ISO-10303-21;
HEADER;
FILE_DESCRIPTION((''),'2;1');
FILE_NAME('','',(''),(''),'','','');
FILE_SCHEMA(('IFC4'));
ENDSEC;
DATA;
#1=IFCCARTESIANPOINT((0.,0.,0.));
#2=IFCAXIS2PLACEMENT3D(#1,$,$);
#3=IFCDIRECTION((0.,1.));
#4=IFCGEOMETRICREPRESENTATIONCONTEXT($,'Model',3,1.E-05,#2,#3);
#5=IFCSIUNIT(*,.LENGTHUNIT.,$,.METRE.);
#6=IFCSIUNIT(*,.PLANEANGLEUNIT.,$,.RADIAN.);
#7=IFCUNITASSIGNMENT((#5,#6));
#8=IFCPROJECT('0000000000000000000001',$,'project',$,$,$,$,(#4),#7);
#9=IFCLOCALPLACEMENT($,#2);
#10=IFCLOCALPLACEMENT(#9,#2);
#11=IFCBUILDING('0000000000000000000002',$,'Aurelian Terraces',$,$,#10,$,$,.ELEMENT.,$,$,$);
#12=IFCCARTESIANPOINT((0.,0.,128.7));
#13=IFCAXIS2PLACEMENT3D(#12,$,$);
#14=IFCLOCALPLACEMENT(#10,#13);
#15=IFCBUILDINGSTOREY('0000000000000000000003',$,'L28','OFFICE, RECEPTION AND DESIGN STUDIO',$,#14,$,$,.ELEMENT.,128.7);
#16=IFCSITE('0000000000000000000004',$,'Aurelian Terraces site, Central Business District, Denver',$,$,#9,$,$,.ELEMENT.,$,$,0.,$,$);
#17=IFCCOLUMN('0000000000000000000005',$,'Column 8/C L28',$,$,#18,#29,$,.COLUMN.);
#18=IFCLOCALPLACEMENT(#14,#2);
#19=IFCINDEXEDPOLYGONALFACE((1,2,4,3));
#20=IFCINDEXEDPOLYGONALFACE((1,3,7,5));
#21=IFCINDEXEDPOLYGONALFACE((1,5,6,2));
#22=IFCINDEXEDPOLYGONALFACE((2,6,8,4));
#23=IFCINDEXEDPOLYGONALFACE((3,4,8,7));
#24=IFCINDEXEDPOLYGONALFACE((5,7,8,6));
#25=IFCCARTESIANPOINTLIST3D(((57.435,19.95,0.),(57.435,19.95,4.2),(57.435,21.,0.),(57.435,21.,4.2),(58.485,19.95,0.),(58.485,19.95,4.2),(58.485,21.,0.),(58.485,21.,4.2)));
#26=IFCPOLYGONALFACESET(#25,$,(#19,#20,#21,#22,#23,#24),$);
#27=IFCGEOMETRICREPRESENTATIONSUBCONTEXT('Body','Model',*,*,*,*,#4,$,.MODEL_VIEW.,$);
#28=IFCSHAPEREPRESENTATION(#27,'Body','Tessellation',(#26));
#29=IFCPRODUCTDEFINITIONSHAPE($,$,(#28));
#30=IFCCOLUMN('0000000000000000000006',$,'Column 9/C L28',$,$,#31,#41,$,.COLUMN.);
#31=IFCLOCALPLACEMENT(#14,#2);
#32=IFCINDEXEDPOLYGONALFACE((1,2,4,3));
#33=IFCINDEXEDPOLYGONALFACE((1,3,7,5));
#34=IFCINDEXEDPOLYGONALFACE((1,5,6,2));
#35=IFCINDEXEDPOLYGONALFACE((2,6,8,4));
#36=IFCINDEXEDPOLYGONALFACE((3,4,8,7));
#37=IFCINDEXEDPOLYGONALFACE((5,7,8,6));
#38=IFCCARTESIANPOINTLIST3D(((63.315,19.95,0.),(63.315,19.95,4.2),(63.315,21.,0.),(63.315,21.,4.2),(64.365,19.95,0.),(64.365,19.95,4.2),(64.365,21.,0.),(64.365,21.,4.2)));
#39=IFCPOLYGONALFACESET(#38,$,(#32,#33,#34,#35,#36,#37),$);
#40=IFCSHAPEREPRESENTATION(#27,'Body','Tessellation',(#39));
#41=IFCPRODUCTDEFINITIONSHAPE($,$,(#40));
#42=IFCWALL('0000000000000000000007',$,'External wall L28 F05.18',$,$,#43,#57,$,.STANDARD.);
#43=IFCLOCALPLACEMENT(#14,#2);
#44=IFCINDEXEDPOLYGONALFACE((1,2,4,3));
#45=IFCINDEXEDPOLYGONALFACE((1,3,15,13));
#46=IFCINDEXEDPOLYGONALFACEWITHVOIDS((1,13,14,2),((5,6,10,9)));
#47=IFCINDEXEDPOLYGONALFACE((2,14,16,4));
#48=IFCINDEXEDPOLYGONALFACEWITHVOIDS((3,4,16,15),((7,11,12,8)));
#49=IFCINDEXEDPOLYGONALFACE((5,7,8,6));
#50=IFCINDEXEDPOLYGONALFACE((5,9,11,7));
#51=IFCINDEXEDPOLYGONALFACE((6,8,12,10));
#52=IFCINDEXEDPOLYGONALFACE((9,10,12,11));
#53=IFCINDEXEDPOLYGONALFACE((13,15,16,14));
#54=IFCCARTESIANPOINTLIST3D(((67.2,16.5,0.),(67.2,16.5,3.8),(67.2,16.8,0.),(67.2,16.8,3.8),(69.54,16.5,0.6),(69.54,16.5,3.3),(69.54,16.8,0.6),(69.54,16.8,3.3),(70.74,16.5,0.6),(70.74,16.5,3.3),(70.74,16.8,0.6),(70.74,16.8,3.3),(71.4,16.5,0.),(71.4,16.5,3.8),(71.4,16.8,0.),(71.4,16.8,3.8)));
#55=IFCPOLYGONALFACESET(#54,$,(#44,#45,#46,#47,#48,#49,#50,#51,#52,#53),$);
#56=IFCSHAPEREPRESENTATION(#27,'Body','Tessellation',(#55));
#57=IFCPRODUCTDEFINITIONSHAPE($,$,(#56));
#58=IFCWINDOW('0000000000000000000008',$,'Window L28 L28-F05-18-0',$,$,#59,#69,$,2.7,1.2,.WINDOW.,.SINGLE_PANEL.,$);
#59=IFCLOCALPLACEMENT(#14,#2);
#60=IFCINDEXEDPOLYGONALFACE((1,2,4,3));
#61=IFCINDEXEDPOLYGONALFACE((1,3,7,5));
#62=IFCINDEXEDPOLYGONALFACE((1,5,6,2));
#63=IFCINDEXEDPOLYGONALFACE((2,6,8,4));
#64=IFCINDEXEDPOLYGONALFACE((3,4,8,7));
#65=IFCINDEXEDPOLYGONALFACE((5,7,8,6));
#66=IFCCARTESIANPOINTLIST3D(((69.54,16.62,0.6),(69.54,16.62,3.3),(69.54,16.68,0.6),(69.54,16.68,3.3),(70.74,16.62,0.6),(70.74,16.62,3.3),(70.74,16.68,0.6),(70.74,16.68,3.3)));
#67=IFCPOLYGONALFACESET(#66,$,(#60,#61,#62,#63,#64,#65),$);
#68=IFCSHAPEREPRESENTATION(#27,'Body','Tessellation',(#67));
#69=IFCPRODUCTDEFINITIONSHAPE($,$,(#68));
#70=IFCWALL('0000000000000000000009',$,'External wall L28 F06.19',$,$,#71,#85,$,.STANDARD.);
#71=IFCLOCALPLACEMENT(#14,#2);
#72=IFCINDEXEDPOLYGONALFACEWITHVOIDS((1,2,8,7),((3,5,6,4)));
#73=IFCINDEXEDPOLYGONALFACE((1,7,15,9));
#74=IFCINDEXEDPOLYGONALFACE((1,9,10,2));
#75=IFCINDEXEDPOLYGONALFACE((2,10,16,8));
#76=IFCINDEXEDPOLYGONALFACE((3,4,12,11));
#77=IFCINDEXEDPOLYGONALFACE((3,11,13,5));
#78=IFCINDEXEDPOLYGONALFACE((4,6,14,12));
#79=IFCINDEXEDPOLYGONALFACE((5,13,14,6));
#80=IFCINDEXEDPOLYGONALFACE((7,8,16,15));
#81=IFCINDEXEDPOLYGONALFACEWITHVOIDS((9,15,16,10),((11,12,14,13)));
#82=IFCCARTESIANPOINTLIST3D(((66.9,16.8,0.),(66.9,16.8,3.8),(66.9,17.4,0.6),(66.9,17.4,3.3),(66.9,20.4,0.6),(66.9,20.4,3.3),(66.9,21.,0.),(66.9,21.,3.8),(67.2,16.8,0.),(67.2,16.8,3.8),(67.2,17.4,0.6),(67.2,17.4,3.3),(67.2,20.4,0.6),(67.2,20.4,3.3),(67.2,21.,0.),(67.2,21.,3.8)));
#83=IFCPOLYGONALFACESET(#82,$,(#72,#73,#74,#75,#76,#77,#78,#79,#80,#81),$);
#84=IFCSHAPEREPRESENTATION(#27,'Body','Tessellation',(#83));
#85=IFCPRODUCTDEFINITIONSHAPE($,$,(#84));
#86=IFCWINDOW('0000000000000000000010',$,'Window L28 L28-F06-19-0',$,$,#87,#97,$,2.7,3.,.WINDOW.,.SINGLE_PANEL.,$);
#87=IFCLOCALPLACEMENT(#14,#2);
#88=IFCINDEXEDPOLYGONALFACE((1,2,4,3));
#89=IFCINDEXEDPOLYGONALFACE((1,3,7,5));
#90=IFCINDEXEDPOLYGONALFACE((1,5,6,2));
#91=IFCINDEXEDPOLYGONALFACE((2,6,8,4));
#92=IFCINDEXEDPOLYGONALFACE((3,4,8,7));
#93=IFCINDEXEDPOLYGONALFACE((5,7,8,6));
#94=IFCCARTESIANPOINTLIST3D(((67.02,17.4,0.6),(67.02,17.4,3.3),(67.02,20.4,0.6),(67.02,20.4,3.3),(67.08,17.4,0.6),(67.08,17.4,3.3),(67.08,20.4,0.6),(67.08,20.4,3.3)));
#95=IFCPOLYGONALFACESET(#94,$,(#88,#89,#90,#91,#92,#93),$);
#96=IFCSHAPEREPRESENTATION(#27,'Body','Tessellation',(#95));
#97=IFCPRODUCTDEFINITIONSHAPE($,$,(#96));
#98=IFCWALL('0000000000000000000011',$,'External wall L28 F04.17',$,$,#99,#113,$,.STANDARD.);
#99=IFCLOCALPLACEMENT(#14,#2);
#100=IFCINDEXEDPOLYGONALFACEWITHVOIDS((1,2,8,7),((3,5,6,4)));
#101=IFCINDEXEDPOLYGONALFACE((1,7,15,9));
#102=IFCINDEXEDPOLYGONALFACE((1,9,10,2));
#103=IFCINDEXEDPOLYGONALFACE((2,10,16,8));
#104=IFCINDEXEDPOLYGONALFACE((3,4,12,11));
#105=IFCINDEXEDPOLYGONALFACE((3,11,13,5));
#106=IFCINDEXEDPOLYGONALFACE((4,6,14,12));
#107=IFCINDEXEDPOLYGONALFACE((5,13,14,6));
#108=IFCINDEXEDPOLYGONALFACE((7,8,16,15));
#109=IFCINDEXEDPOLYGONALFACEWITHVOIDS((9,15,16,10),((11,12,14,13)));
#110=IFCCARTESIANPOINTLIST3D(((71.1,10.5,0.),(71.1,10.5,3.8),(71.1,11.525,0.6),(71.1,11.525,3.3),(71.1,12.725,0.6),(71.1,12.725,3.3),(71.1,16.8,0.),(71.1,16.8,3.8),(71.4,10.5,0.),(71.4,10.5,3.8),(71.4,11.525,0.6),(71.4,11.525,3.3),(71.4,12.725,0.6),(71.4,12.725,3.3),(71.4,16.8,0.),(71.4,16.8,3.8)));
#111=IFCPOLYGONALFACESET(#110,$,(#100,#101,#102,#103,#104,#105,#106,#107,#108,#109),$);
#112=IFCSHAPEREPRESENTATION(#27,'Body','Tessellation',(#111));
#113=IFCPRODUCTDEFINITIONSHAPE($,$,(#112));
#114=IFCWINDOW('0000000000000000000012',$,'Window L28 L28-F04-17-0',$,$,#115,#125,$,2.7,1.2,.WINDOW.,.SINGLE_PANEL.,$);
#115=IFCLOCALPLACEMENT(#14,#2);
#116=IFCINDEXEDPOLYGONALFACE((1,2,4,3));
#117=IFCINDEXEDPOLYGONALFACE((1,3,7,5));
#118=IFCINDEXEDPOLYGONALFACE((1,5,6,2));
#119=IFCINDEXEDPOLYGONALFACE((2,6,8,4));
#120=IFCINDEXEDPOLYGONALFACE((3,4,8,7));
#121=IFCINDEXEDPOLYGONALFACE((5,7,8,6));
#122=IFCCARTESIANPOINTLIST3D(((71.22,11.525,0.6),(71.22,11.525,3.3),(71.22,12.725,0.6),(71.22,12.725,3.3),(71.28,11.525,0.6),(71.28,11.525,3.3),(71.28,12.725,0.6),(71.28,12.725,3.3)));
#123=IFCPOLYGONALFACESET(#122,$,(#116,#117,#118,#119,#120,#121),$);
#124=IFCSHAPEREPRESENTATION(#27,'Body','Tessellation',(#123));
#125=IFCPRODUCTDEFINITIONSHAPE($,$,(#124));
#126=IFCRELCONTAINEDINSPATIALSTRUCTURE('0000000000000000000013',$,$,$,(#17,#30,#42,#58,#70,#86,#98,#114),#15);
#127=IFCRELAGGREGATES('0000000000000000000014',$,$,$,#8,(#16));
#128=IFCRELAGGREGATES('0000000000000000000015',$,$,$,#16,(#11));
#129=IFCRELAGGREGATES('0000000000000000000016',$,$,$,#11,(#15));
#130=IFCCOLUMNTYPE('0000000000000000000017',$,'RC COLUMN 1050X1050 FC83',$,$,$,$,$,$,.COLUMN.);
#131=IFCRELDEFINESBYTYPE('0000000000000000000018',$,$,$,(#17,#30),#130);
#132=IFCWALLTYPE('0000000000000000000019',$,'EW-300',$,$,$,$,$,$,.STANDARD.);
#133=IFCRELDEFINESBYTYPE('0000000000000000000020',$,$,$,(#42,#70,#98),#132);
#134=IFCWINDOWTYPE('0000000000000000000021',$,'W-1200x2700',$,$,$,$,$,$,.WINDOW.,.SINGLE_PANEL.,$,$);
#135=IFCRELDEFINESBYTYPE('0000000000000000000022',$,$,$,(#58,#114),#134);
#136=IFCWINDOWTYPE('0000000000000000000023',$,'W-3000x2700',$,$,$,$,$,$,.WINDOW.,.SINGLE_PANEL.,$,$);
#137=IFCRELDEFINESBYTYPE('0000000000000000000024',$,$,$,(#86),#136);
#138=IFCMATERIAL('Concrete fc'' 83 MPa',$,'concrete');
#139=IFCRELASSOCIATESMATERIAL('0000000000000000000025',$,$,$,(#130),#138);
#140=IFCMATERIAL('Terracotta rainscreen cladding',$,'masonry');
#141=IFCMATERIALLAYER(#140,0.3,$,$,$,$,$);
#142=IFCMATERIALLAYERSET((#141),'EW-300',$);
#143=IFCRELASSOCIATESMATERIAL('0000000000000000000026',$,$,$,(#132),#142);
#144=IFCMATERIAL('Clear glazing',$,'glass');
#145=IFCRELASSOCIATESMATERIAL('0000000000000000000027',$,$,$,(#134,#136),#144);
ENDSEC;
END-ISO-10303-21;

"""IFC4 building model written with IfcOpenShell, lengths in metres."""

from ifc_helpers import new_model, si_unit, direction, frame, frame_2d, origin, origin_2d, place, context, subcontext, project, spatial, rectangle, extrude, source, transform, mapped, material, layer, layer_set, material_profile, profile_set, type_object, element, fill, save


model = new_model("IFC4")

# Units and contexts
model_context = context("Model", 3, precision=1e-05, world=origin(), true_north=direction((0.0, 1.0)))
body_context = subcontext(model_context, "Body", "Model", "MODEL_VIEW")
ifc_project = project(units=[si_unit("LENGTHUNIT", "METRE"), si_unit("PLANEANGLEUNIT", "RADIAN")], contexts=[model_context])

# Site, building, storey
site_placement = place(None, origin())
site = spatial("IfcSite", under=ifc_project, at=site_placement, Name="Aurelian Terraces site, Central Business District, Denver", CompositionType="ELEMENT", RefElevation=0.0)
building_placement = place(site_placement, origin())
building = spatial("IfcBuilding", under=site, at=building_placement, Name="Aurelian Terraces", CompositionType="ELEMENT")
storey_placement = place(building_placement, frame((0.0, 0.0, 128.7)))
storey = spatial("IfcBuildingStorey", under=building, at=storey_placement, Name="L28", Description="OFFICE, RECEPTION AND DESIGN STUDIO", CompositionType="ELEMENT", Elevation=128.7)

# Columns
ifc_material_1 = material(Name="Concrete fc' 83 MPa", Category="concrete")
ifc_material_profile = material_profile(ifc_material_1, rectangle(XDim=1.05, YDim=1.05, at=origin_2d()))
ifc_profile_set = profile_set([ifc_material_profile], Name="Concrete fc' 83 MPa")
column_type = type_object("IfcColumnType", Name="RC COLUMN 1050X1050 FC83", PredefinedType="COLUMN", material=ifc_profile_set)
shared_shape_1 = source(origin(), body_context, "Body", "SweptSolid", [
    extrude(rectangle(XDim=1.05, YDim=1.05, at=origin_2d()), origin(), (0.0, 0.0, 1.0), 4.2),
])
for number, where, z_axis, x_axis, name in (
    (1, (57.96, 20.475, 0.0), (0.0, 0.0, 1.0), (1.0, 0.0, 0.0), "Column 8/C L28"),
    (2, (63.84, 20.475, 0.0), (0.0, 0.0, 1.0), (1.0, 0.0, 0.0), "Column 9/C L28"),
):
    element("IfcColumn", number, at=place(storey_placement, frame(where, z_axis=z_axis, x_axis=x_axis)), inside=storey, type_object=column_type, Name=name, PredefinedType="COLUMN", context=body_context, shape_type="MappedRepresentation", body=[
        mapped(shared_shape_1, transform((0.0, 0.0, 0.0), scale=1.0)),
    ])

# Walls, openings, windows
ifc_material_2 = material(Name="Terracotta rainscreen cladding", Category="masonry")
ifc_layer_1 = layer(ifc_material_2, 0.3)
ifc_layer_set_1 = layer_set([ifc_layer_1], Name="EW-300")
wall_type_1 = type_object("IfcWallType", Name="EW-300", PredefinedType="STANDARD", material=ifc_layer_set_1)
shared_shape_2 = source(origin(), body_context, "Body", "SweptSolid", [
    extrude(rectangle(XDim=4.2, YDim=0.3, at=frame_2d((2.1, 0.0))), origin(), (0.0, 0.0, 1.0), 3.8),
])
wall_1_placement = place(storey_placement, frame((71.4, 16.65, 0.0), z_axis=(0.0, 0.0, 1.0), x_axis=(-1.0, 0.0, 0.0)))
wall_1 = element("IfcWall", 3, at=wall_1_placement, inside=storey, type_object=wall_type_1, Name="External wall L28 F05.18", PredefinedType="STANDARD", context=body_context, shape_type="MappedRepresentation", body=[
    mapped(shared_shape_2, transform((0.0, 0.0, 0.0), scale=1.0)),
])
shared_shape_3 = source(origin(), body_context, "Body", "SweptSolid", [
    extrude(rectangle(XDim=1.2, YDim=2.7, at=frame_2d((0.6, 1.35))), frame((0.0, 0.16, 0.0), z_axis=(0.0, -1.0, 0.0), x_axis=(1.0, 0.0, 0.0)), (0.0, 0.0, 1.0), 0.32),
])
opening_1_placement = place(wall_1_placement, frame((0.66, 0.0, 0.6)))
opening_1 = element("IfcOpeningElement", 4, at=opening_1_placement, cuts=wall_1, PredefinedType="OPENING", context=body_context, shape_type="MappedRepresentation", body=[
    mapped(shared_shape_3, transform((0.0, 0.0, 0.0), scale=1.0)),
])
ifc_material_3 = material(Name="Clear glazing", Category="glass")
window_type_1 = type_object("IfcWindowType", Name="W-1200x2700", PartitioningType="SINGLE_PANEL", PredefinedType="WINDOW", material=ifc_material_3)
shared_shape_4 = source(origin(), body_context, "Body", "SweptSolid", [
    extrude(rectangle(XDim=1.2, YDim=2.7, at=frame_2d((0.6, 1.35))), frame((0.0, 0.03, 0.0), z_axis=(0.0, -1.0, 0.0), x_axis=(1.0, 0.0, 0.0)), (0.0, 0.0, 1.0), 0.06),
])
window_1_placement = place(opening_1_placement, origin())
window_1 = element("IfcWindow", 5, at=window_1_placement, inside=storey, type_object=window_type_1, Name="Window L28 L28-F05-18-0", OverallHeight=2.7, OverallWidth=1.2, PartitioningType="SINGLE_PANEL", PredefinedType="WINDOW", context=body_context, shape_type="MappedRepresentation", body=[
    mapped(shared_shape_4, transform((0.0, 0.0, 0.0), scale=1.0)),
])
fill(opening_1, window_1)
wall_2_placement = place(storey_placement, frame((67.05, 16.8, 0.0), z_axis=(0.0, 0.0, 1.0), x_axis=(0.0, 1.0, 0.0)))
wall_2 = element("IfcWall", 6, at=wall_2_placement, inside=storey, type_object=wall_type_1, Name="External wall L28 F06.19", PredefinedType="STANDARD", context=body_context, shape_type="MappedRepresentation", body=[
    mapped(shared_shape_2, transform((0.0, 0.0, 0.0), scale=1.0)),
])
shared_shape_5 = source(origin(), body_context, "Body", "SweptSolid", [
    extrude(rectangle(XDim=3.0, YDim=2.7, at=frame_2d((1.5, 1.35))), frame((0.0, 0.16, 0.0), z_axis=(0.0, -1.0, 0.0), x_axis=(1.0, 0.0, 0.0)), (0.0, 0.0, 1.0), 0.32),
])
opening_2_placement = place(wall_2_placement, frame((0.6, 0.0, 0.6)))
opening_2 = element("IfcOpeningElement", 7, at=opening_2_placement, cuts=wall_2, PredefinedType="OPENING", context=body_context, shape_type="MappedRepresentation", body=[
    mapped(shared_shape_5, transform((0.0, 0.0, 0.0), scale=1.0)),
])
window_type_2 = type_object("IfcWindowType", Name="W-3000x2700", PartitioningType="SINGLE_PANEL", PredefinedType="WINDOW", material=ifc_material_3)
shared_shape_6 = source(origin(), body_context, "Body", "SweptSolid", [
    extrude(rectangle(XDim=3.0, YDim=2.7, at=frame_2d((1.5, 1.35))), frame((0.0, 0.03, 0.0), z_axis=(0.0, -1.0, 0.0), x_axis=(1.0, 0.0, 0.0)), (0.0, 0.0, 1.0), 0.06),
])
window_2_placement = place(opening_2_placement, origin())
window_2 = element("IfcWindow", 8, at=window_2_placement, inside=storey, type_object=window_type_2, Name="Window L28 L28-F06-19-0", OverallHeight=2.7, OverallWidth=3.0, PartitioningType="SINGLE_PANEL", PredefinedType="WINDOW", context=body_context, shape_type="MappedRepresentation", body=[
    mapped(shared_shape_6, transform((0.0, 0.0, 0.0), scale=1.0)),
])
fill(opening_2, window_2)
shared_shape_7 = source(origin(), body_context, "Body", "SweptSolid", [
    extrude(rectangle(XDim=6.3, YDim=0.3, at=frame_2d((3.15, 0.0))), origin(), (0.0, 0.0, 1.0), 3.8),
])
wall_3_placement = place(storey_placement, frame((71.25, 10.5, 0.0), z_axis=(0.0, 0.0, 1.0), x_axis=(0.0, 1.0, 0.0)))
wall_3 = element("IfcWall", 9, at=wall_3_placement, inside=storey, type_object=wall_type_1, Name="External wall L28 F04.17", PredefinedType="STANDARD", context=body_context, shape_type="MappedRepresentation", body=[
    mapped(shared_shape_7, transform((0.0, 0.0, 0.0), scale=1.0)),
])
opening_3_placement = place(wall_3_placement, frame((1.025, 0.0, 0.6)))
opening_3 = element("IfcOpeningElement", 10, at=opening_3_placement, cuts=wall_3, PredefinedType="OPENING", context=body_context, shape_type="MappedRepresentation", body=[
    mapped(shared_shape_3, transform((0.0, 0.0, 0.0), scale=1.0)),
])
window_3_placement = place(opening_3_placement, origin())
window_3 = element("IfcWindow", 11, at=window_3_placement, inside=storey, type_object=window_type_1, Name="Window L28 L28-F04-17-0", OverallHeight=2.7, OverallWidth=1.2, PartitioningType="SINGLE_PANEL", PredefinedType="WINDOW", context=body_context, shape_type="MappedRepresentation", body=[
    mapped(shared_shape_4, transform((0.0, 0.0, 0.0), scale=1.0)),
])
fill(opening_3, window_3)

save(model, "model.ifc")
